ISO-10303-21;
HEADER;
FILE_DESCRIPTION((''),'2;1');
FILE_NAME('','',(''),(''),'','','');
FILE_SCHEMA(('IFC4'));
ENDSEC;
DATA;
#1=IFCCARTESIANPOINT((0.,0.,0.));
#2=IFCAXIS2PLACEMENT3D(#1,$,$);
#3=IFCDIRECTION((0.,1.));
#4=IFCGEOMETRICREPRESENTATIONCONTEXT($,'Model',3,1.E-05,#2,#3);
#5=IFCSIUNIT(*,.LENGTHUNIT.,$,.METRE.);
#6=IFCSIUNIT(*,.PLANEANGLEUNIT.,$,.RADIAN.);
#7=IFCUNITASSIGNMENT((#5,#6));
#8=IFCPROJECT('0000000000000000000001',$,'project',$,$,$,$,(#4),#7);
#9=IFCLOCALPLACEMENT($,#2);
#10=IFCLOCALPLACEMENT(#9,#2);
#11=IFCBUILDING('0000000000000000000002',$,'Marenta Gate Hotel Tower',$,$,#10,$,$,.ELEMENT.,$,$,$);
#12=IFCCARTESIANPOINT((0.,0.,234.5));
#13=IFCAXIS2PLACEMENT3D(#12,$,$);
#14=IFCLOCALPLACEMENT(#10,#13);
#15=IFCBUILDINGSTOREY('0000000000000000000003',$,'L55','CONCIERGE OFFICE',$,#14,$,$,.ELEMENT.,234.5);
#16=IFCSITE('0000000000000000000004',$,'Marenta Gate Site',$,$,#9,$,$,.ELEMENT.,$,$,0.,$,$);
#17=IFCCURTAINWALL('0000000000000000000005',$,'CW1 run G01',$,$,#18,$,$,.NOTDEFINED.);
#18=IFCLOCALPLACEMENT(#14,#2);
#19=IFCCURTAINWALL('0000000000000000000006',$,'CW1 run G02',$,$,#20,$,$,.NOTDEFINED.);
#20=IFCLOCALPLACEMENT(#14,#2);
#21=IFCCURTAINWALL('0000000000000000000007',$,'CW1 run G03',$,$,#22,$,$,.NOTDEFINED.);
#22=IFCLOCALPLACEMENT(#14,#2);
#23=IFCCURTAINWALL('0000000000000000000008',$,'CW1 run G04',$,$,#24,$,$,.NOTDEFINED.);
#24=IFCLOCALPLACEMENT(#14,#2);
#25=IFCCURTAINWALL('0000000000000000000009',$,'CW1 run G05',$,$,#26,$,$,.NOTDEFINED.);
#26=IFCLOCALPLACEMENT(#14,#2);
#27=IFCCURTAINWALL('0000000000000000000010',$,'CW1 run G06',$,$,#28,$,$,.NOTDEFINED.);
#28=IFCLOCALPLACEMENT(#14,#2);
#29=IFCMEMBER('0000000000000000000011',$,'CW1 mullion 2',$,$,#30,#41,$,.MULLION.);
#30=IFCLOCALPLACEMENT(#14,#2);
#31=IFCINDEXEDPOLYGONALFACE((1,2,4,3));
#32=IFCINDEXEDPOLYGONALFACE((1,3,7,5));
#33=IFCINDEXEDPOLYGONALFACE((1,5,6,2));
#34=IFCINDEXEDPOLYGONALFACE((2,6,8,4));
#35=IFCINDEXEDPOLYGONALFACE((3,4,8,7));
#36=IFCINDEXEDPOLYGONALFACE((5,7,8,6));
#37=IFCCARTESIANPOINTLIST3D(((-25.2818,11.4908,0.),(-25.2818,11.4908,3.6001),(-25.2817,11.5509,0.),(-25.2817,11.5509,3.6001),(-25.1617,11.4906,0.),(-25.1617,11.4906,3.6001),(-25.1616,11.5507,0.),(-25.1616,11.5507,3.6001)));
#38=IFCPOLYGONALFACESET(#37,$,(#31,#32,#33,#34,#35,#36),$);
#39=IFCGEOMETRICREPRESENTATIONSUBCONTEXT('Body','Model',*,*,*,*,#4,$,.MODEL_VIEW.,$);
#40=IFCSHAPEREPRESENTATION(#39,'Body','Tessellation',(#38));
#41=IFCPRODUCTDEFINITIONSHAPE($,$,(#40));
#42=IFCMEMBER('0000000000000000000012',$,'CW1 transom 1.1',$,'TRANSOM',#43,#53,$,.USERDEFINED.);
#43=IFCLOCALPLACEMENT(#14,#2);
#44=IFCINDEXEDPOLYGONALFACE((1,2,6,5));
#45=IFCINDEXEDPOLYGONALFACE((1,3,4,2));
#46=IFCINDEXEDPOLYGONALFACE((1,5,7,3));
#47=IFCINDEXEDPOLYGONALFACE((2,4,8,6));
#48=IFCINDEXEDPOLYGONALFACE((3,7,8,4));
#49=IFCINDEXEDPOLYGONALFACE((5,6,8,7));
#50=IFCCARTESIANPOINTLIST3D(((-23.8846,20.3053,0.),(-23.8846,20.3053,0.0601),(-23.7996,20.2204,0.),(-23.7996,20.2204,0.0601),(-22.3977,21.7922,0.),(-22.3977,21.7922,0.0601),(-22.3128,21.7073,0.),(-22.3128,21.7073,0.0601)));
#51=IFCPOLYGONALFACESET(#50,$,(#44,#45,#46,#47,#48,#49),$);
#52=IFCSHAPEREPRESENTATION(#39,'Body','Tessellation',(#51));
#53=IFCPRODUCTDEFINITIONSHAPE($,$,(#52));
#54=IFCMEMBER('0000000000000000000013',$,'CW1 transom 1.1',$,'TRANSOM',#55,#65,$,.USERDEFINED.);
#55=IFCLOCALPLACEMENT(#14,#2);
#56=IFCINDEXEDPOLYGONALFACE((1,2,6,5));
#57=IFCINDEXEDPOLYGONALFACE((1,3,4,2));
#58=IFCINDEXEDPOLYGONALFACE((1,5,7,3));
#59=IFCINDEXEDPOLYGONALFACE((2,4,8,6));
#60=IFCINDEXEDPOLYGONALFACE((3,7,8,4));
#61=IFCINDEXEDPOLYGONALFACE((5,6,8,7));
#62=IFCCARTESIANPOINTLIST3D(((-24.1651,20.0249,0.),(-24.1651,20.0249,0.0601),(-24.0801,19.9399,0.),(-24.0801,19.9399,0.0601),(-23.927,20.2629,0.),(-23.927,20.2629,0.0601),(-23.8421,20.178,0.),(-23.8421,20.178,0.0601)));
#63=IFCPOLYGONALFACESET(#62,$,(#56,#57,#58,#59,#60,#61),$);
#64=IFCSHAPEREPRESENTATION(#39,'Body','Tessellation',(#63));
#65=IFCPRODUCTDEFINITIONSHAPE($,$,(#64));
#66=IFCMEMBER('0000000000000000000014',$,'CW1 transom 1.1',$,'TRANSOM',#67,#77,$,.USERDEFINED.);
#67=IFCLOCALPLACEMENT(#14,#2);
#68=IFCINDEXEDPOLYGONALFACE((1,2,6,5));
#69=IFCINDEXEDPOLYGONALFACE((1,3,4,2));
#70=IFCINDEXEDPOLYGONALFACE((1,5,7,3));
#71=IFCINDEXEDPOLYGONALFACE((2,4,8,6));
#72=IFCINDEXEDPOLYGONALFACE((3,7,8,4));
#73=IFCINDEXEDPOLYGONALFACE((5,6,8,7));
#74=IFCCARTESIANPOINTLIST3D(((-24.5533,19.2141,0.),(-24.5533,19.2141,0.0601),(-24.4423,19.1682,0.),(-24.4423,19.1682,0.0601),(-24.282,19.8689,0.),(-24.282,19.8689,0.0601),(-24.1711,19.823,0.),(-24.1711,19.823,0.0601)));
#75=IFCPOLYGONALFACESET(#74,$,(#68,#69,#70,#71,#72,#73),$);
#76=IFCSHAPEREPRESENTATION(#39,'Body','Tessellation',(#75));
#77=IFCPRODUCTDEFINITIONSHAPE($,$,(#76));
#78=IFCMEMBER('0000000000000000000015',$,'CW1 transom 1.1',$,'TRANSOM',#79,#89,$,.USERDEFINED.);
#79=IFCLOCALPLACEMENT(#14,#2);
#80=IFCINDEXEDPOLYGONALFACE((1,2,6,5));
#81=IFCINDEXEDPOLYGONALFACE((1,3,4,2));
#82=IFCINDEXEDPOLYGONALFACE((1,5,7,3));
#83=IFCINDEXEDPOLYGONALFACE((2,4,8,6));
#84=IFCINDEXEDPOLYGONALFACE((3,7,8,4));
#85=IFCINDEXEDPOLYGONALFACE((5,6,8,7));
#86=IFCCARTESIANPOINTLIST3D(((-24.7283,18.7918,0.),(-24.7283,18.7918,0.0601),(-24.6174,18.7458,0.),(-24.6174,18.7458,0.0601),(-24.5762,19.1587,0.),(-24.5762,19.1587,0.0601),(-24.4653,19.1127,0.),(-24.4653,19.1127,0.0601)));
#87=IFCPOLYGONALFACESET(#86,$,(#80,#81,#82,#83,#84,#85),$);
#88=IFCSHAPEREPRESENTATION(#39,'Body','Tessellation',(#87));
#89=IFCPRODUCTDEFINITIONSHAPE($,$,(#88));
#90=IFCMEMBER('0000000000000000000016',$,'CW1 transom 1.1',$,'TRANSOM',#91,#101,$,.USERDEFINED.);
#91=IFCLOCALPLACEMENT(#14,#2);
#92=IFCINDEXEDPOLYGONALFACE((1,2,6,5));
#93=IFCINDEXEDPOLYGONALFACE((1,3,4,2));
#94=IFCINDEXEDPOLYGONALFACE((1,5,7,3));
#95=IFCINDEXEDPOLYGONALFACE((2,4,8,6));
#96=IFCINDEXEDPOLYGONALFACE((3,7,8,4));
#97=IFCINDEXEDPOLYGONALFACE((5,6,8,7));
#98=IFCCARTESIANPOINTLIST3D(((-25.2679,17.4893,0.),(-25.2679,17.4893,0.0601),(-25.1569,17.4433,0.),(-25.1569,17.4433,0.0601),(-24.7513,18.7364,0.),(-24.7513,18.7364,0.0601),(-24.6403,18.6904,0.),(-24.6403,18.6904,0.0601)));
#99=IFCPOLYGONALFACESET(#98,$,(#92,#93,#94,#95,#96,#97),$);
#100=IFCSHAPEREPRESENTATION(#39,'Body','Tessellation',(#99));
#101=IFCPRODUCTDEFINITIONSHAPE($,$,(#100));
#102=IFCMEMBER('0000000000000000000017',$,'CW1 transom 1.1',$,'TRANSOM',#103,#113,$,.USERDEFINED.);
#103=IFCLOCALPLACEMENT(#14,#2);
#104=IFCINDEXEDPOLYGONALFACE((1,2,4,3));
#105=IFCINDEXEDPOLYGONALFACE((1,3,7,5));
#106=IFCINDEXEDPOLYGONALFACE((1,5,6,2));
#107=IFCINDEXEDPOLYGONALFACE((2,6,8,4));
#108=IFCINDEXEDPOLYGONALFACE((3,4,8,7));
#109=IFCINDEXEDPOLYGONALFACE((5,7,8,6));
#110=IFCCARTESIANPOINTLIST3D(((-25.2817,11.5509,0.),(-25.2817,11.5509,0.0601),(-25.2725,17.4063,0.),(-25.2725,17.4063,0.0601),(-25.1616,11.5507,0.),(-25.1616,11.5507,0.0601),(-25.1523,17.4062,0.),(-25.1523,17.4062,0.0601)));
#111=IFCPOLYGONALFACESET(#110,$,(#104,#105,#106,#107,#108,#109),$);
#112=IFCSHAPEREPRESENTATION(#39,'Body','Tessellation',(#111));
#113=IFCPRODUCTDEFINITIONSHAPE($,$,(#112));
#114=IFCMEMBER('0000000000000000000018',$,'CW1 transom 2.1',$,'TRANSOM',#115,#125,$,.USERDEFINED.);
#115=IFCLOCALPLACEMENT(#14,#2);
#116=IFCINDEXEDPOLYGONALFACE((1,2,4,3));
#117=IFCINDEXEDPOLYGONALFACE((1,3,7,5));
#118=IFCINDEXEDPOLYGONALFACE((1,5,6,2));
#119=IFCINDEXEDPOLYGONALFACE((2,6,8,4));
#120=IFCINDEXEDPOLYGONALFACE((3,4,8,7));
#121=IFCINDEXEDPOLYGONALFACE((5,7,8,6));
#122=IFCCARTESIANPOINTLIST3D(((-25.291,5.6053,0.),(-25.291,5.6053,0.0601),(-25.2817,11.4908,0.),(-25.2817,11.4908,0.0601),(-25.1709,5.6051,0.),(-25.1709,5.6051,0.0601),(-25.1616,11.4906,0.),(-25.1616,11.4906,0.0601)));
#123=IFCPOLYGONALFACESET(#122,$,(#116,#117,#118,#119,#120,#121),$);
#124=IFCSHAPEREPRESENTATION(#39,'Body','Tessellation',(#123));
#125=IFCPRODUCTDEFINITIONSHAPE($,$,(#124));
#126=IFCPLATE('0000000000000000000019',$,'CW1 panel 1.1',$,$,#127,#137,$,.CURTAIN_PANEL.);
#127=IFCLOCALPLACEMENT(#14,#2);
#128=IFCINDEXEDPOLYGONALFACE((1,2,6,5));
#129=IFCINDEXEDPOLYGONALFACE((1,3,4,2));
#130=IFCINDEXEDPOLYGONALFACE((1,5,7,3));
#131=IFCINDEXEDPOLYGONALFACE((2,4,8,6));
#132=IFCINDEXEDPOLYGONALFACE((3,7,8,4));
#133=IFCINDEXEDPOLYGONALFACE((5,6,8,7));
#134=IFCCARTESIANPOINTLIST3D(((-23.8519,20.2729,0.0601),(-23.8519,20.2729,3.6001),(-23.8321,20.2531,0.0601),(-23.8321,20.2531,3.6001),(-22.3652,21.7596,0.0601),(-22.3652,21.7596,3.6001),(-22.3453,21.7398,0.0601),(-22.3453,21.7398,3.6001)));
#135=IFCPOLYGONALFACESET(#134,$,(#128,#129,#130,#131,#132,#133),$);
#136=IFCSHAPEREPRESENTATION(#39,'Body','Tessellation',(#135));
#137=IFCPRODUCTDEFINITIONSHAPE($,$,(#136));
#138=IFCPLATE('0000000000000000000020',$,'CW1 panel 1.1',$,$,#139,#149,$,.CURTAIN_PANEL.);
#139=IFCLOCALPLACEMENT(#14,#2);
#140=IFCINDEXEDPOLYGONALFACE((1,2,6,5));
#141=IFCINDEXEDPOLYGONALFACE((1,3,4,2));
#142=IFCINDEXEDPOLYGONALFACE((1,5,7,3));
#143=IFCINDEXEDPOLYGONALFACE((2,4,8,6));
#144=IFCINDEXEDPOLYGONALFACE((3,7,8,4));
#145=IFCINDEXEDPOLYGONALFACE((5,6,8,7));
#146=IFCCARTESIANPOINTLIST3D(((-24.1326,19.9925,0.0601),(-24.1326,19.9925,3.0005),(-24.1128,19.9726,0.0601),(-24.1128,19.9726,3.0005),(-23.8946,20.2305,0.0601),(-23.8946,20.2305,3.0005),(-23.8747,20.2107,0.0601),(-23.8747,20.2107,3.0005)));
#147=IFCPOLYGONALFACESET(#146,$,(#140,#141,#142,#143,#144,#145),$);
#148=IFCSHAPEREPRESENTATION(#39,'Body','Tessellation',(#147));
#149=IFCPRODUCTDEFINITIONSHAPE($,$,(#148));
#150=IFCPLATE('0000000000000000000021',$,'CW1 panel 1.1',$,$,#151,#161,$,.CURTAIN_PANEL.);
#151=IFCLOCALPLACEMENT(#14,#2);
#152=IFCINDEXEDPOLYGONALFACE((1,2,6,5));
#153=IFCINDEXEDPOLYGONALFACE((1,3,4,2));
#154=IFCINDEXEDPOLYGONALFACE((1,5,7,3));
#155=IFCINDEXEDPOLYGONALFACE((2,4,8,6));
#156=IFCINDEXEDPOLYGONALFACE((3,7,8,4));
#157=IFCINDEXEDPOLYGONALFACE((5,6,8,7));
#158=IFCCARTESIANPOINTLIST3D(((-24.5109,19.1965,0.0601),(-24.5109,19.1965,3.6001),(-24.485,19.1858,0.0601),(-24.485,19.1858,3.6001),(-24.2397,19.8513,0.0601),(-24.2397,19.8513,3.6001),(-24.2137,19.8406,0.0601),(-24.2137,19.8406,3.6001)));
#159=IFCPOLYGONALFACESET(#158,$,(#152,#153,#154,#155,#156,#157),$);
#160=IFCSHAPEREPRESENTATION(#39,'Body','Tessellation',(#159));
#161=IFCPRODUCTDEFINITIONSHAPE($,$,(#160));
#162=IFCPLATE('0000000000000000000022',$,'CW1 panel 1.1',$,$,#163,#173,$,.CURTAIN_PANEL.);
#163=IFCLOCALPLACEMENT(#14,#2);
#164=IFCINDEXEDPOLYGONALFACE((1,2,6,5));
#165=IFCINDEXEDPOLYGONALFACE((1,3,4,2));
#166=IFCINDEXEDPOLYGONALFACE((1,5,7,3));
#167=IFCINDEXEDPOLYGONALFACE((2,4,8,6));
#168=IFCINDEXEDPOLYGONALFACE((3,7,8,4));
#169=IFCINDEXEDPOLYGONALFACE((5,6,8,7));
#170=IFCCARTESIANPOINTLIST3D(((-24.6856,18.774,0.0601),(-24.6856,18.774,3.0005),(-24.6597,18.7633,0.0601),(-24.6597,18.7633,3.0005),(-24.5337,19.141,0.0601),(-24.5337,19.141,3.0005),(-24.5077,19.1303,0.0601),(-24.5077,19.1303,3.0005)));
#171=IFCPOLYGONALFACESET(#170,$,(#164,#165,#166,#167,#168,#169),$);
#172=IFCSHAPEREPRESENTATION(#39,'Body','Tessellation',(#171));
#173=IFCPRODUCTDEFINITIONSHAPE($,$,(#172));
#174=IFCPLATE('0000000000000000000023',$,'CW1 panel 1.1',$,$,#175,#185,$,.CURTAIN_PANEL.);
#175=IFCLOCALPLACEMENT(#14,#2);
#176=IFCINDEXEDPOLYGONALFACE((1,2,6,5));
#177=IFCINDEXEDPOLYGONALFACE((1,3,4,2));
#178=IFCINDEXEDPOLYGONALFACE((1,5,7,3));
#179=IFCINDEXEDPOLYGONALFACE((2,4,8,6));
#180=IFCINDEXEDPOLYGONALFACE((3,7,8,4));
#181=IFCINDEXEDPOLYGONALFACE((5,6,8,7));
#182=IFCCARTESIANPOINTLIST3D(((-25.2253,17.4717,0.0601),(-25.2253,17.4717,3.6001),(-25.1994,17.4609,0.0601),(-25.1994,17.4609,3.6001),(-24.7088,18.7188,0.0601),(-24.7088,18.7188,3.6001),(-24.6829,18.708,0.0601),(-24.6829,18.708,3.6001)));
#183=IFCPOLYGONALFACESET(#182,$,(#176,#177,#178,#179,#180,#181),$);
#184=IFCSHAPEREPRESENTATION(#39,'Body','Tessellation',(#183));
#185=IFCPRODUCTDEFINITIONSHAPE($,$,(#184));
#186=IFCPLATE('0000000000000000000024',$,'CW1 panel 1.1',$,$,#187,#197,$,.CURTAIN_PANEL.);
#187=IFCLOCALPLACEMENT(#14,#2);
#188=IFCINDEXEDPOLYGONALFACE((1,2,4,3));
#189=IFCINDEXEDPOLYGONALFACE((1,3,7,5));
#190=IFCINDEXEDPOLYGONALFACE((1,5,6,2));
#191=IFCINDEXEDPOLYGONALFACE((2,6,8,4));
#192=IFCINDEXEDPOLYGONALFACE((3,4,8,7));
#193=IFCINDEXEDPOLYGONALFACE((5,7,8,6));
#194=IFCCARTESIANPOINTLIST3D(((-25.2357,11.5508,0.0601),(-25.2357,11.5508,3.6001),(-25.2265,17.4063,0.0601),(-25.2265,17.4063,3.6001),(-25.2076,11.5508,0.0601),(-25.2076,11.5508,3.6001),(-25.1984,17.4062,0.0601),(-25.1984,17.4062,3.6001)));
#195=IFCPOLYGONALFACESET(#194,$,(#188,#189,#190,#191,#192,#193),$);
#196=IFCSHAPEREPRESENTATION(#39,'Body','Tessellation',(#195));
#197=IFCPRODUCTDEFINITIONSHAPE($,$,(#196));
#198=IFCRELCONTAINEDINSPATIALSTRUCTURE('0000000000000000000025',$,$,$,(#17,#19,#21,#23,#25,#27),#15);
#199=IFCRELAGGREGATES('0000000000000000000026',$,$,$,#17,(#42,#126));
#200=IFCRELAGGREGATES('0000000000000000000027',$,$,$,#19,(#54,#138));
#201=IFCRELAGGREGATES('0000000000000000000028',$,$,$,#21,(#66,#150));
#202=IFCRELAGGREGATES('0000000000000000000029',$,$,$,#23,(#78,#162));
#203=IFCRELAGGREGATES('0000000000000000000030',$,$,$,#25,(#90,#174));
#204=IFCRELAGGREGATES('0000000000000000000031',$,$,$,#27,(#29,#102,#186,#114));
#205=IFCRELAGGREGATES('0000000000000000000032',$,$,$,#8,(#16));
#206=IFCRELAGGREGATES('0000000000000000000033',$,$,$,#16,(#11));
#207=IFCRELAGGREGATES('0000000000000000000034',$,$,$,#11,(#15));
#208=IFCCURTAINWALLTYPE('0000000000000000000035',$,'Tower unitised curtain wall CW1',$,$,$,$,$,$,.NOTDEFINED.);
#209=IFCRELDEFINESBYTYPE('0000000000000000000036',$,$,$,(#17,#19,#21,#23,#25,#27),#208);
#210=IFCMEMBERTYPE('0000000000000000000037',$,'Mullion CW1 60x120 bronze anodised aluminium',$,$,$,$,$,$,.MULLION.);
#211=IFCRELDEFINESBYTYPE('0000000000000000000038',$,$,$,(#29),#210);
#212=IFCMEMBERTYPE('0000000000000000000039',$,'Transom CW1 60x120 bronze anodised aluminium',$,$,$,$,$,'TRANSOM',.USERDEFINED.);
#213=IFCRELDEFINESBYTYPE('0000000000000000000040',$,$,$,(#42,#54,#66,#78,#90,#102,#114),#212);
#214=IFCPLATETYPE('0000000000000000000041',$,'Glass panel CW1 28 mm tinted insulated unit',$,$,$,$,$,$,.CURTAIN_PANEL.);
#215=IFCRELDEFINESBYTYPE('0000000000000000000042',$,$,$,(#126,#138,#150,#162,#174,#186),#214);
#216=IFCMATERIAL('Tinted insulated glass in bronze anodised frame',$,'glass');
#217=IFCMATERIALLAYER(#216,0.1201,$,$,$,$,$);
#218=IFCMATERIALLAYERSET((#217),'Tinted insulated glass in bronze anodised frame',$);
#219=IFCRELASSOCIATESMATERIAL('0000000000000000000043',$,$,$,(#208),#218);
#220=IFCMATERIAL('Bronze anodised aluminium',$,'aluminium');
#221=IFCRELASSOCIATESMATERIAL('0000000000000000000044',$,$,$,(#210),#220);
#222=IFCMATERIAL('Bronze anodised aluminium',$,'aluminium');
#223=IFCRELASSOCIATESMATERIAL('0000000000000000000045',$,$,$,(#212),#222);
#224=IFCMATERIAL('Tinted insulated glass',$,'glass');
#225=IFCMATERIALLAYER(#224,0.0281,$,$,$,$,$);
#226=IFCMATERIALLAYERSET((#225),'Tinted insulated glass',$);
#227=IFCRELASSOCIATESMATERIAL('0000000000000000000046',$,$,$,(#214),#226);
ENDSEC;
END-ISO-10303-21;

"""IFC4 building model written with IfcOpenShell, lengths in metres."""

from ifc_helpers import new_model, si_unit, direction, frame, origin, origin_2d, place, context, subcontext, project, spatial, rectangle, extrude, material, layer, layer_set, material_profile, profile_set, type_object, element, aggregate, save


model = new_model("IFC4")

# Units and contexts
model_context = context("Model", 3, precision=1e-05, world=origin(), true_north=direction((0.0, 1.0)))
body_context = subcontext(model_context, "Body", "Model", "MODEL_VIEW")
ifc_project = project(units=[si_unit("LENGTHUNIT", "METRE"), si_unit("PLANEANGLEUNIT", "RADIAN")], contexts=[model_context])

# Site, building, storey
site_placement = place(None, origin())
site = spatial("IfcSite", under=ifc_project, at=site_placement, Name="Marenta Gate Site", CompositionType="ELEMENT", RefElevation=0.0)
building_placement = place(site_placement, origin())
building = spatial("IfcBuilding", under=site, at=building_placement, Name="Marenta Gate Hotel Tower", CompositionType="ELEMENT")
storey_placement = place(building_placement, frame((0.0, 0.0, 234.5)))
storey = spatial("IfcBuildingStorey", under=building, at=storey_placement, Name="L55", Description="CONCIERGE OFFICE", CompositionType="ELEMENT", Elevation=234.5)

# Curtain wall
ifc_material_1 = material(Name="Tinted insulated glass in bronze anodised frame", Category="glass")
ifc_layer_1 = layer(ifc_material_1, 0.1201)
ifc_layer_set_1 = layer_set([ifc_layer_1], Name="Tinted insulated glass in bronze anodised frame")
curtain_wall_type = type_object("IfcCurtainWallType", Name="Tower unitised curtain wall CW1", PredefinedType="NOTDEFINED", material=ifc_layer_set_1)
curtain_wall_1_placement = place(storey_placement, origin())
curtain_wall_1 = element("IfcCurtainWall", 1, at=curtain_wall_1_placement, inside=storey, type_object=curtain_wall_type, Name="CW1 run G01", PredefinedType="NOTDEFINED")
ifc_material_2 = material(Name="Bronze anodised aluminium", Category="aluminium")
ifc_material_profile_1 = material_profile(ifc_material_2, rectangle(XDim=0.1201, YDim=0.0601, at=origin_2d()), Name="Mullion CW1 60x120 bronze anodised aluminium")
ifc_profile_set_1 = profile_set([ifc_material_profile_1], Name="Bronze anodised aluminium")
member_type_1 = type_object("IfcMemberType", Name="Mullion CW1 60x120 bronze anodised aluminium", PredefinedType="MULLION", material=ifc_profile_set_1)

# Curtain wall
curtain_wall_2_placement = place(storey_placement, origin())
curtain_wall_2 = element("IfcCurtainWall", 2, at=curtain_wall_2_placement, inside=storey, type_object=curtain_wall_type, Name="CW1 run G02", PredefinedType="NOTDEFINED")

# Curtain walls
curtain_wall_3_placement = place(storey_placement, origin())
curtain_wall_3 = element("IfcCurtainWall", 3, at=curtain_wall_3_placement, inside=storey, type_object=curtain_wall_type, Name="CW1 run G03", PredefinedType="NOTDEFINED")
curtain_wall_4_placement = place(storey_placement, origin())
curtain_wall_4 = element("IfcCurtainWall", 4, at=curtain_wall_4_placement, inside=storey, type_object=curtain_wall_type, Name="CW1 run G04", PredefinedType="NOTDEFINED")
curtain_wall_5_placement = place(storey_placement, origin())
curtain_wall_5 = element("IfcCurtainWall", 5, at=curtain_wall_5_placement, inside=storey, type_object=curtain_wall_type, Name="CW1 run G05", PredefinedType="NOTDEFINED")

# Curtain wall, member
curtain_wall_6_placement = place(storey_placement, origin())
curtain_wall_6 = element("IfcCurtainWall", 6, at=curtain_wall_6_placement, inside=storey, type_object=curtain_wall_type, Name="CW1 run G06", PredefinedType="NOTDEFINED")
member_1_placement = place(storey_placement, frame((-25.2217, 11.5208, 0.0), z_axis=(0.0, 0.0, 1.0), x_axis=(0.999999, -0.00157, 0.0)))
member_1 = element("IfcMember", 7, at=member_1_placement, type_object=member_type_1, Name="CW1 mullion 2", PredefinedType="MULLION", context=body_context, shape_type="SweptSolid", body=[
    extrude(rectangle(XDim=0.1201, YDim=0.0601, at=origin_2d()), origin(), (0.0, 0.0, 1.0), 3.6001),
])

# Members
ifc_material_3 = material(Name="Bronze anodised aluminium", Category="aluminium")
ifc_material_profile_2 = material_profile(ifc_material_3, rectangle(XDim=0.1201, YDim=0.0601, at=origin_2d()), Name="Transom CW1 60x120 bronze anodised aluminium")
ifc_profile_set_2 = profile_set([ifc_material_profile_2], Name="Bronze anodised aluminium")
member_type_2 = type_object("IfcMemberType", Name="Transom CW1 60x120 bronze anodised aluminium", ElementType="TRANSOM", PredefinedType="USERDEFINED", material=ifc_profile_set_2)
member_2_placement = place(storey_placement, frame((-22.3552, 21.7498, 0.03), z_axis=(-0.707107, -0.707107, 0.0), x_axis=(0.707107, -0.707107, 0.0)))
member_2 = element("IfcMember", 8, at=member_2_placement, type_object=member_type_2, Name="CW1 transom 1.1", ObjectType="TRANSOM", PredefinedType="USERDEFINED", context=body_context, shape_type="SweptSolid", body=[
    extrude(rectangle(XDim=0.1201, YDim=0.0601, at=origin_2d()), origin(), (0.0, 0.0, 1.0), 2.1028),
])
member_3_placement = place(storey_placement, frame((-23.8845, 20.2205, 0.03), z_axis=(-0.707107, -0.707107, 0.0), x_axis=(0.707107, -0.707107, 0.0)))
member_3 = element("IfcMember", 9, at=member_3_placement, type_object=member_type_2, Name="CW1 transom 1.1", ObjectType="TRANSOM", PredefinedType="USERDEFINED", context=body_context, shape_type="SweptSolid", body=[
    extrude(rectangle(XDim=0.1201, YDim=0.0601, at=origin_2d()), origin(), (0.0, 0.0, 1.0), 0.3367),
])
member_4_placement = place(storey_placement, frame((-24.2266, 19.8459, 0.03), z_axis=(-0.382707, -0.92387, 0.0), x_axis=(0.92387, -0.382707, 0.0)))
member_4 = element("IfcMember", 10, at=member_4_placement, type_object=member_type_2, Name="CW1 transom 1.1", ObjectType="TRANSOM", PredefinedType="USERDEFINED", context=body_context, shape_type="SweptSolid", body=[
    extrude(rectangle(XDim=0.1201, YDim=0.0601, at=origin_2d()), origin(), (0.0, 0.0, 1.0), 0.7087),
])
member_5_placement = place(storey_placement, frame((-24.5208, 19.1357, 0.03), z_axis=(-0.382913, -0.923785, 0.0), x_axis=(0.923785, -0.382913, 0.0)))
member_5 = element("IfcMember", 11, at=member_5_placement, type_object=member_type_2, Name="CW1 transom 1.1", ObjectType="TRANSOM", PredefinedType="USERDEFINED", context=body_context, shape_type="SweptSolid", body=[
    extrude(rectangle(XDim=0.1201, YDim=0.0601, at=origin_2d()), origin(), (0.0, 0.0, 1.0), 0.3972),
])
member_6_placement = place(storey_placement, frame((-24.6958, 18.7134, 0.03), z_axis=(-0.382714, -0.923867, 0.0), x_axis=(0.923867, -0.382714, 0.0)))
member_6 = element("IfcMember", 12, at=member_6_placement, type_object=member_type_2, Name="CW1 transom 1.1", ObjectType="TRANSOM", PredefinedType="USERDEFINED", context=body_context, shape_type="SweptSolid", body=[
    extrude(rectangle(XDim=0.1201, YDim=0.0601, at=origin_2d()), origin(), (0.0, 0.0, 1.0), 1.3499),
])
member_7_placement = place(storey_placement, frame((-25.2124, 17.4062, 0.03), z_axis=(-0.001584, -0.999999, 0.0), x_axis=(0.999999, -0.001584, 0.0)))
member_7 = element("IfcMember", 13, at=member_7_placement, type_object=member_type_2, Name="CW1 transom 1.1", ObjectType="TRANSOM", PredefinedType="USERDEFINED", context=body_context, shape_type="SweptSolid", body=[
    extrude(rectangle(XDim=0.1201, YDim=0.0601, at=origin_2d()), origin(), (0.0, 0.0, 1.0), 5.8555),
])
member_8_placement = place(storey_placement, frame((-25.2217, 11.4907, 0.03), z_axis=(-0.001576, -0.999999, 0.0), x_axis=(0.999999, -0.001576, 0.0)))
member_8 = element("IfcMember", 14, at=member_8_placement, type_object=member_type_2, Name="CW1 transom 2.1", ObjectType="TRANSOM", PredefinedType="USERDEFINED", context=body_context, shape_type="SweptSolid", body=[
    extrude(rectangle(XDim=0.1201, YDim=0.0601, at=origin_2d()), origin(), (0.0, 0.0, 1.0), 5.8855),
])

# Plates
ifc_material_4 = material(Name="Tinted insulated glass", Category="glass")
ifc_layer_2 = layer(ifc_material_4, 0.0281)
ifc_layer_set_2 = layer_set([ifc_layer_2], Name="Tinted insulated glass")
plate_type = type_object("IfcPlateType", Name="Glass panel CW1 28 mm tinted insulated unit", PredefinedType="CURTAIN_PANEL", material=ifc_layer_set_2)
plate_1_placement = place(storey_placement, frame((-23.0986, 21.0063, 0.0601), z_axis=(0.0, 0.0, 1.0), x_axis=(-0.707107, -0.707107, 0.0)))
plate_1 = element("IfcPlate", 15, at=plate_1_placement, type_object=plate_type, Name="CW1 panel 1.1", PredefinedType="CURTAIN_PANEL", context=body_context, shape_type="SweptSolid", body=[
    extrude(rectangle(XDim=2.1025, YDim=0.0281, at=origin_2d()), origin(), (0.0, 0.0, 1.0), 3.54),
])
aggregate(curtain_wall_1, [member_2, plate_1])
plate_2_placement = place(storey_placement, frame((-24.0037, 20.1016, 0.0601), z_axis=(0.0, 0.0, 1.0), x_axis=(-0.707107, -0.707107, 0.0)))
plate_2 = element("IfcPlate", 16, at=plate_2_placement, type_object=plate_type, Name="CW1 panel 1.1", PredefinedType="CURTAIN_PANEL", context=body_context, shape_type="SweptSolid", body=[
    extrude(rectangle(XDim=0.3367, YDim=0.0281, at=origin_2d()), origin(), (0.0, 0.0, 1.0), 2.9404),
])
aggregate(curtain_wall_2, [member_3, plate_2])
plate_3_placement = place(storey_placement, frame((-24.3623, 19.5186, 0.0601), z_axis=(0.0, 0.0, 1.0), x_axis=(-0.382712, -0.923868, 0.0)))
plate_3 = element("IfcPlate", 17, at=plate_3_placement, type_object=plate_type, Name="CW1 panel 1.1", PredefinedType="CURTAIN_PANEL", context=body_context, shape_type="SweptSolid", body=[
    extrude(rectangle(XDim=0.7087, YDim=0.0281, at=origin_2d()), origin(), (0.0, 0.0, 1.0), 3.54),
])
aggregate(curtain_wall_3, [member_4, plate_3])
plate_4_placement = place(storey_placement, frame((-24.5967, 18.9521, 0.0601), z_axis=(0.0, 0.0, 1.0), x_axis=(-0.382642, -0.923897, 0.0)))
plate_4 = element("IfcPlate", 18, at=plate_4_placement, type_object=plate_type, Name="CW1 panel 1.1", PredefinedType="CURTAIN_PANEL", context=body_context, shape_type="SweptSolid", body=[
    extrude(rectangle(XDim=0.3972, YDim=0.0281, at=origin_2d()), origin(), (0.0, 0.0, 1.0), 2.9404),
])
aggregate(curtain_wall_4, [member_5, plate_4])
plate_5_placement = place(storey_placement, frame((-24.9541, 18.0898, 0.0601), z_axis=(0.0, 0.0, 1.0), x_axis=(-0.38265, -0.923893, 0.0)))
plate_5 = element("IfcPlate", 19, at=plate_5_placement, type_object=plate_type, Name="CW1 panel 1.1", PredefinedType="CURTAIN_PANEL", context=body_context, shape_type="SweptSolid", body=[
    extrude(rectangle(XDim=1.3499, YDim=0.0281, at=origin_2d()), origin(), (0.0, 0.0, 1.0), 3.54),
])
aggregate(curtain_wall_5, [member_6, plate_5])
plate_6_placement = place(storey_placement, frame((-25.217, 14.4785, 0.0601), z_axis=(0.0, 0.0, 1.0), x_axis=(-0.00157, -0.999999, 0.0)))
plate_6 = element("IfcPlate", 20, at=plate_6_placement, type_object=plate_type, Name="CW1 panel 1.1", PredefinedType="CURTAIN_PANEL", context=body_context, shape_type="SweptSolid", body=[
    extrude(rectangle(XDim=5.8555, YDim=0.0281, at=origin_2d()), origin(), (0.0, 0.0, 1.0), 3.54),
])
aggregate(curtain_wall_6, [member_1, member_7, plate_6, member_8])

save(model, "model.ifc")
